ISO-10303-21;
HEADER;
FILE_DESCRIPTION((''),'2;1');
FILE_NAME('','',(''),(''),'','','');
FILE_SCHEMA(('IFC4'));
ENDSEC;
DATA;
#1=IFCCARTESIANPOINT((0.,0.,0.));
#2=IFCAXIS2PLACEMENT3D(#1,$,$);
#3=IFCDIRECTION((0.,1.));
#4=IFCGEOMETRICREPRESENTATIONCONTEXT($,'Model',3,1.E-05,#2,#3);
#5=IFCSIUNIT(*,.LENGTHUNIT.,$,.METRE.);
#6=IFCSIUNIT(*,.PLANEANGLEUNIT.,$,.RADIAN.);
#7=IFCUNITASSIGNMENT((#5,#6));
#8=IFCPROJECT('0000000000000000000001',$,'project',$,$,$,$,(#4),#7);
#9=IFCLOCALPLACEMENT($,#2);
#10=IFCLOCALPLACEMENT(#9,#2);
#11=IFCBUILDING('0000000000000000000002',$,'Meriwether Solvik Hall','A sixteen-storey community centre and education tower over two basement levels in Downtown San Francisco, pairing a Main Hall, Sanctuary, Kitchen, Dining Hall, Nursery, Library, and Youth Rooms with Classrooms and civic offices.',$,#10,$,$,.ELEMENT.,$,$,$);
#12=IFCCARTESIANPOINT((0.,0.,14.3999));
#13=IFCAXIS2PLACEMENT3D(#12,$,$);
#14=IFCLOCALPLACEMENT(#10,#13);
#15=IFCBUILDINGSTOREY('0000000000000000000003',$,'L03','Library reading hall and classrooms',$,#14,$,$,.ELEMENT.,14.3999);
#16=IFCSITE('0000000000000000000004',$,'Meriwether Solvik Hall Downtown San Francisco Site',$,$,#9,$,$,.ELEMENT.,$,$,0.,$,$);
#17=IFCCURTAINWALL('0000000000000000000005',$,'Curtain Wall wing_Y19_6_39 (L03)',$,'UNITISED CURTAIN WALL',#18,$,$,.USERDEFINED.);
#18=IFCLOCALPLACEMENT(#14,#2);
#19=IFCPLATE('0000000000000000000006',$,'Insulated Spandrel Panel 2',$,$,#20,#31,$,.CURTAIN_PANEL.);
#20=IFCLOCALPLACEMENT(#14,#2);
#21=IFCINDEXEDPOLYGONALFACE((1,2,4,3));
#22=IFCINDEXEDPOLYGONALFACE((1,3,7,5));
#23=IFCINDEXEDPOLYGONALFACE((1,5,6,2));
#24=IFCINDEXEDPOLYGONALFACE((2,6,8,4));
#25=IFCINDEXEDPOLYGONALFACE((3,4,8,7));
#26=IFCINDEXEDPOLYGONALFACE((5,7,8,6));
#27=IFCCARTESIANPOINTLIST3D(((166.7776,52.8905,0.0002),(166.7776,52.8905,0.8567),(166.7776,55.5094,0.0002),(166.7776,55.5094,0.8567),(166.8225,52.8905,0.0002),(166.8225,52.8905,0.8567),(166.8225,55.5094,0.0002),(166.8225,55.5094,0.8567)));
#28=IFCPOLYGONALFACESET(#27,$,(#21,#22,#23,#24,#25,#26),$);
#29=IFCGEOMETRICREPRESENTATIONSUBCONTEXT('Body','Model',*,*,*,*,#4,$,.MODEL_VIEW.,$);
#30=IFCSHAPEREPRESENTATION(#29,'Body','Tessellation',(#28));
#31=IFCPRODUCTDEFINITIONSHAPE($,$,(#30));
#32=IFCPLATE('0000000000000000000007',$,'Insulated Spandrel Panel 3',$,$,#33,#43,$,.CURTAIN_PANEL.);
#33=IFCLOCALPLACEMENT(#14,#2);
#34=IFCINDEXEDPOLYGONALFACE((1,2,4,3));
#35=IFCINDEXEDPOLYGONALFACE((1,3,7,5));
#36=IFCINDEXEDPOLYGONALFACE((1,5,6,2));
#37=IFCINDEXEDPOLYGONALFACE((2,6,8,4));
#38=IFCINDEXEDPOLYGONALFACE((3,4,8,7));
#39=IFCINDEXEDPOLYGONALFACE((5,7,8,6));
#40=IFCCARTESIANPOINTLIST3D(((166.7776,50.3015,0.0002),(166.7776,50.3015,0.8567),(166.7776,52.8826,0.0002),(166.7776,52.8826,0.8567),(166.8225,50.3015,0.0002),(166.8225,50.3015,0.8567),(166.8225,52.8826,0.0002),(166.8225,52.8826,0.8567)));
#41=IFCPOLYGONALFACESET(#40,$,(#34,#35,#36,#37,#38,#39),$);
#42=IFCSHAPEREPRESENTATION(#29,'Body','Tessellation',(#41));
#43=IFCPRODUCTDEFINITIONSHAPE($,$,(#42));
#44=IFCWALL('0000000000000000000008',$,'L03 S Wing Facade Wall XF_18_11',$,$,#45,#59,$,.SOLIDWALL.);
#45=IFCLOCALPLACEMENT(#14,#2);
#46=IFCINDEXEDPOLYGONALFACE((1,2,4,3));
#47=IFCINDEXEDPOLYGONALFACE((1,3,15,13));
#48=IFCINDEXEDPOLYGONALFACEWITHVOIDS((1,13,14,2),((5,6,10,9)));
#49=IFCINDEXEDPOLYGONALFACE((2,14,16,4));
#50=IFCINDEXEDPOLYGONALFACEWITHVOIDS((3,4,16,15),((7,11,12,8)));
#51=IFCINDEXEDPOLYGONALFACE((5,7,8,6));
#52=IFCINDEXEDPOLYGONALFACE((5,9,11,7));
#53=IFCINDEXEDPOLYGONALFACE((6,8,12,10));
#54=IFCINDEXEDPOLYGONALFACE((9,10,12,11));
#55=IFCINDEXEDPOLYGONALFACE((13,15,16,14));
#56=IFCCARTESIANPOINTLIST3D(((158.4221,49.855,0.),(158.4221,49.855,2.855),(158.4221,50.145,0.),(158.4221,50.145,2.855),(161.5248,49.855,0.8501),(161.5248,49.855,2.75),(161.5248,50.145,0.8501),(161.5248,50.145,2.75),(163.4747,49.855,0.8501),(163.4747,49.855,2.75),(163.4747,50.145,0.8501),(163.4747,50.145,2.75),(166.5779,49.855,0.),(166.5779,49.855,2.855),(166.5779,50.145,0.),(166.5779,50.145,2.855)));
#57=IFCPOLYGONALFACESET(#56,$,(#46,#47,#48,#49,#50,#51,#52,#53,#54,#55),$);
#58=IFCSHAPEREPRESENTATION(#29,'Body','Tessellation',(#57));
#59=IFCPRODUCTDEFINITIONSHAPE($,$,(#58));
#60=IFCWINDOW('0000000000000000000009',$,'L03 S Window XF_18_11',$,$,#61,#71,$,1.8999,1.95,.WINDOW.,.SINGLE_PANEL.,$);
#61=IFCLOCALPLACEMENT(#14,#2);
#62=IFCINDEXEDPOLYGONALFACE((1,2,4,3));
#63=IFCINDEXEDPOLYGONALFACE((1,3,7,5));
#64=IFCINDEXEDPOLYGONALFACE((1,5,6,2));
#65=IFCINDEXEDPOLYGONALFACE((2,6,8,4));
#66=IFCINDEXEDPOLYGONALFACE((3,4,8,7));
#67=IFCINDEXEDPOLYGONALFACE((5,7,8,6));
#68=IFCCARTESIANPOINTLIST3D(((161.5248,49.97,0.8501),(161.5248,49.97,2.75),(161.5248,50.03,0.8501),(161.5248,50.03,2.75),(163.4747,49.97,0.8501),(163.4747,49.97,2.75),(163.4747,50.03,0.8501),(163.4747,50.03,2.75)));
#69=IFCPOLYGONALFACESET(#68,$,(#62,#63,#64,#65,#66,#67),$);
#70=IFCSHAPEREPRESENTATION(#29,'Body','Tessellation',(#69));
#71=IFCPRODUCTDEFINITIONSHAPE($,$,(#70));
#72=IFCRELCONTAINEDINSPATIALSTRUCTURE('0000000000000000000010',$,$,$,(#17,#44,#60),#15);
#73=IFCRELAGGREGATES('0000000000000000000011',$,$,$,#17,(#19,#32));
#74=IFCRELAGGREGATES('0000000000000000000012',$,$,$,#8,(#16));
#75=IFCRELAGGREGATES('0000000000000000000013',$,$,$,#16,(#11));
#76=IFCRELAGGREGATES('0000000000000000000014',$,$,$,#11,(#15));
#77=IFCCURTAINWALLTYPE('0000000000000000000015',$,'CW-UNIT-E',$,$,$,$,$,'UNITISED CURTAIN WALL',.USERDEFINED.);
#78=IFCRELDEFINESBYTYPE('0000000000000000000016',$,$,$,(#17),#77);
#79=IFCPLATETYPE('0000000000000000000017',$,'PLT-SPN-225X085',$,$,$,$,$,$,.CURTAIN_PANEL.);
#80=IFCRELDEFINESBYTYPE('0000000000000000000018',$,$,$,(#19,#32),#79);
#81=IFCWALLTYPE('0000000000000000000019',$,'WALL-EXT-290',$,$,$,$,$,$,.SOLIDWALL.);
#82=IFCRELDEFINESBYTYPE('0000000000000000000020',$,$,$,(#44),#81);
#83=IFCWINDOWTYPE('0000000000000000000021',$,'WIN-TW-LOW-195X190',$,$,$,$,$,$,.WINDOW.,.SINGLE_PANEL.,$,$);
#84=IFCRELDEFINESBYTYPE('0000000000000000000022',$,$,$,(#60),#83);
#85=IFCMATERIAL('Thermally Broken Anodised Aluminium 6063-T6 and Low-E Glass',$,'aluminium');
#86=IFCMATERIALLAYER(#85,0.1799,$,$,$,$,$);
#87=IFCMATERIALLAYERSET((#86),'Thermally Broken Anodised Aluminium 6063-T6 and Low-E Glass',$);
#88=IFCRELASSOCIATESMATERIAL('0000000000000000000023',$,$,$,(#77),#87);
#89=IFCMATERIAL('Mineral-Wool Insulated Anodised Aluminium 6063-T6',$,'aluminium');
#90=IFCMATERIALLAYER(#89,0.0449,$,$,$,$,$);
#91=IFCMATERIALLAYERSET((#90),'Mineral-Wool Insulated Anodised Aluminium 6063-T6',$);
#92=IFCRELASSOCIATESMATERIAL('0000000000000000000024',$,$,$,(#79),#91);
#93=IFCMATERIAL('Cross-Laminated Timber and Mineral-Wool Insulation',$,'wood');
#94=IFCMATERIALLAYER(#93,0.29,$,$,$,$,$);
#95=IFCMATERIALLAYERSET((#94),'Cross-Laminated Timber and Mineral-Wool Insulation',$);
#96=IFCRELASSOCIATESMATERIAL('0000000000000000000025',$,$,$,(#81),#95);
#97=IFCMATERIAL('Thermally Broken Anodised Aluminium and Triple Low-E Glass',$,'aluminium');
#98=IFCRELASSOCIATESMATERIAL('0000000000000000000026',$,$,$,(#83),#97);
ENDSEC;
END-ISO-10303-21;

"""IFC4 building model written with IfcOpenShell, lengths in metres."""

from ifc_helpers import new_model, si_unit, direction, frame, frame_2d, origin, origin_2d, place, context, subcontext, project, spatial, rectangle, extrude, material, layer, layer_set, type_object, element, fill, aggregate, save


model = new_model("IFC4")

# Units and contexts
model_context = context("Model", 3, precision=1e-05, world=origin(), true_north=direction((0.0, 1.0)))
body_context = subcontext(model_context, "Body", "Model", "MODEL_VIEW")
ifc_project = project(units=[si_unit("LENGTHUNIT", "METRE"), si_unit("PLANEANGLEUNIT", "RADIAN")], contexts=[model_context])

# Site, building, storey
site_placement = place(None, origin())
site = spatial("IfcSite", under=ifc_project, at=site_placement, Name="Meriwether Solvik Hall Downtown San Francisco Site", CompositionType="ELEMENT", RefElevation=0.0)
building_placement = place(site_placement, origin())
building = spatial("IfcBuilding", under=site, at=building_placement, Name="Meriwether Solvik Hall", Description="A sixteen-storey community centre and education tower over two basement levels in Downtown San Francisco, pairing a Main Hall, Sanctuary, Kitchen, Dining Hall, Nursery, Library, and Youth Rooms with Classrooms and civic offices.", CompositionType="ELEMENT")
storey_placement = place(building_placement, frame((0.0, 0.0, 14.3999)))
storey = spatial("IfcBuildingStorey", under=building, at=storey_placement, Name="L03", Description="Library reading hall and classrooms", CompositionType="ELEMENT", Elevation=14.3999)

# Curtain wall
ifc_material_1 = material(Name="Thermally Broken Anodised Aluminium 6063-T6 and Low-E Glass", Category="aluminium")
ifc_layer_1 = layer(ifc_material_1, 0.1799)
ifc_layer_set_1 = layer_set([ifc_layer_1], Name="Thermally Broken Anodised Aluminium 6063-T6 and Low-E Glass")
curtain_wall_type = type_object("IfcCurtainWallType", Name="CW-UNIT-E", ElementType="UNITISED CURTAIN WALL", PredefinedType="USERDEFINED", material=ifc_layer_set_1)
curtain_wall_1_placement = place(storey_placement, origin())
curtain_wall_1 = element("IfcCurtainWall", 1, at=curtain_wall_1_placement, inside=storey, type_object=curtain_wall_type, Name="Curtain Wall wing_Y19_6_39 (L03)", ObjectType="UNITISED CURTAIN WALL", PredefinedType="USERDEFINED")

# Plates
ifc_material_2 = material(Name="Mineral-Wool Insulated Anodised Aluminium 6063-T6", Category="aluminium")
ifc_layer_2 = layer(ifc_material_2, 0.0449)
ifc_layer_set_2 = layer_set([ifc_layer_2], Name="Mineral-Wool Insulated Anodised Aluminium 6063-T6")
plate_type_1 = type_object("IfcPlateType", Name="PLT-SPN-225X085", PredefinedType="CURTAIN_PANEL", material=ifc_layer_set_2)
plate_1_placement = place(storey_placement, frame((166.8, 54.2, 0.0002), z_axis=(0.0, 0.0, 1.0), x_axis=(0.0, -1.0, 0.0)))
plate_1 = element("IfcPlate", 2, at=plate_1_placement, type_object=plate_type_1, Name="Insulated Spandrel Panel 2", PredefinedType="CURTAIN_PANEL", context=body_context, shape_type="SweptSolid", body=[
    extrude(rectangle(XDim=2.6189, YDim=0.0449, at=origin_2d()), origin(), (0.0, 0.0, 1.0), 0.8564),
])
plate_2_placement = place(storey_placement, frame((166.8, 51.592, 0.0002), z_axis=(0.0, 0.0, 1.0), x_axis=(0.0, -1.0, 0.0)))
plate_2 = element("IfcPlate", 3, at=plate_2_placement, type_object=plate_type_1, Name="Insulated Spandrel Panel 3", PredefinedType="CURTAIN_PANEL", context=body_context, shape_type="SweptSolid", body=[
    extrude(rectangle(XDim=2.5811, YDim=0.0449, at=origin_2d()), origin(), (0.0, 0.0, 1.0), 0.8564),
])
aggregate(curtain_wall_1, [plate_1, plate_2])

# Wall, opening, window
ifc_material_3 = material(Name="Cross-Laminated Timber and Mineral-Wool Insulation", Category="wood")
ifc_layer_3 = layer(ifc_material_3, 0.29)
ifc_layer_set_3 = layer_set([ifc_layer_3], Name="Cross-Laminated Timber and Mineral-Wool Insulation")
wall_type = type_object("IfcWallType", Name="WALL-EXT-290", PredefinedType="SOLIDWALL", material=ifc_layer_set_3)
wall_placement = place(storey_placement, frame((166.5779, 50.0, 0.0), z_axis=(0.0, 0.0, 1.0), x_axis=(-1.0, 0.0, 0.0)))
wall = element("IfcWall", 4, at=wall_placement, inside=storey, type_object=wall_type, Name="L03 S Wing Facade Wall XF_18_11", PredefinedType="SOLIDWALL", context=body_context, shape_type="SweptSolid", body=[
    extrude(rectangle(XDim=8.1558, YDim=0.29, at=frame_2d((4.0779, 0.0))), origin(), (0.0, 0.0, 1.0), 2.855),
])
opening_placement = place(wall_placement, frame((3.103, 0.0, 0.8501)))
opening = element("IfcOpeningElement", 5, at=opening_placement, cuts=wall, PredefinedType="OPENING", context=body_context, shape_type="SweptSolid", body=[
    extrude(rectangle(XDim=1.95, YDim=1.8999, at=frame_2d((0.9751, 0.95))), frame((0.0, 0.157, 0.0), z_axis=(0.0, -1.0, 0.0), x_axis=(1.0, 0.0, 0.0)), (0.0, 0.0, 1.0), 0.314),
])
ifc_material_4 = material(Name="Thermally Broken Anodised Aluminium and Triple Low-E Glass", Category="aluminium")
window_type = type_object("IfcWindowType", Name="WIN-TW-LOW-195X190", PartitioningType="SINGLE_PANEL", PredefinedType="WINDOW", material=ifc_material_4)
window_placement = place(opening_placement, origin())
window = element("IfcWindow", 6, at=window_placement, inside=storey, type_object=window_type, Name="L03 S Window XF_18_11", OverallHeight=1.8999, OverallWidth=1.95, PartitioningType="SINGLE_PANEL", PredefinedType="WINDOW", context=body_context, shape_type="SweptSolid", body=[
    extrude(rectangle(XDim=1.95, YDim=1.8999, at=frame_2d((0.9751, 0.95))), frame((0.0, 0.03, 0.0), z_axis=(0.0, -1.0, 0.0), x_axis=(1.0, 0.0, 0.0)), (0.0, 0.0, 1.0), 0.0601),
])
fill(opening, window)

save(model, "model.ifc")
